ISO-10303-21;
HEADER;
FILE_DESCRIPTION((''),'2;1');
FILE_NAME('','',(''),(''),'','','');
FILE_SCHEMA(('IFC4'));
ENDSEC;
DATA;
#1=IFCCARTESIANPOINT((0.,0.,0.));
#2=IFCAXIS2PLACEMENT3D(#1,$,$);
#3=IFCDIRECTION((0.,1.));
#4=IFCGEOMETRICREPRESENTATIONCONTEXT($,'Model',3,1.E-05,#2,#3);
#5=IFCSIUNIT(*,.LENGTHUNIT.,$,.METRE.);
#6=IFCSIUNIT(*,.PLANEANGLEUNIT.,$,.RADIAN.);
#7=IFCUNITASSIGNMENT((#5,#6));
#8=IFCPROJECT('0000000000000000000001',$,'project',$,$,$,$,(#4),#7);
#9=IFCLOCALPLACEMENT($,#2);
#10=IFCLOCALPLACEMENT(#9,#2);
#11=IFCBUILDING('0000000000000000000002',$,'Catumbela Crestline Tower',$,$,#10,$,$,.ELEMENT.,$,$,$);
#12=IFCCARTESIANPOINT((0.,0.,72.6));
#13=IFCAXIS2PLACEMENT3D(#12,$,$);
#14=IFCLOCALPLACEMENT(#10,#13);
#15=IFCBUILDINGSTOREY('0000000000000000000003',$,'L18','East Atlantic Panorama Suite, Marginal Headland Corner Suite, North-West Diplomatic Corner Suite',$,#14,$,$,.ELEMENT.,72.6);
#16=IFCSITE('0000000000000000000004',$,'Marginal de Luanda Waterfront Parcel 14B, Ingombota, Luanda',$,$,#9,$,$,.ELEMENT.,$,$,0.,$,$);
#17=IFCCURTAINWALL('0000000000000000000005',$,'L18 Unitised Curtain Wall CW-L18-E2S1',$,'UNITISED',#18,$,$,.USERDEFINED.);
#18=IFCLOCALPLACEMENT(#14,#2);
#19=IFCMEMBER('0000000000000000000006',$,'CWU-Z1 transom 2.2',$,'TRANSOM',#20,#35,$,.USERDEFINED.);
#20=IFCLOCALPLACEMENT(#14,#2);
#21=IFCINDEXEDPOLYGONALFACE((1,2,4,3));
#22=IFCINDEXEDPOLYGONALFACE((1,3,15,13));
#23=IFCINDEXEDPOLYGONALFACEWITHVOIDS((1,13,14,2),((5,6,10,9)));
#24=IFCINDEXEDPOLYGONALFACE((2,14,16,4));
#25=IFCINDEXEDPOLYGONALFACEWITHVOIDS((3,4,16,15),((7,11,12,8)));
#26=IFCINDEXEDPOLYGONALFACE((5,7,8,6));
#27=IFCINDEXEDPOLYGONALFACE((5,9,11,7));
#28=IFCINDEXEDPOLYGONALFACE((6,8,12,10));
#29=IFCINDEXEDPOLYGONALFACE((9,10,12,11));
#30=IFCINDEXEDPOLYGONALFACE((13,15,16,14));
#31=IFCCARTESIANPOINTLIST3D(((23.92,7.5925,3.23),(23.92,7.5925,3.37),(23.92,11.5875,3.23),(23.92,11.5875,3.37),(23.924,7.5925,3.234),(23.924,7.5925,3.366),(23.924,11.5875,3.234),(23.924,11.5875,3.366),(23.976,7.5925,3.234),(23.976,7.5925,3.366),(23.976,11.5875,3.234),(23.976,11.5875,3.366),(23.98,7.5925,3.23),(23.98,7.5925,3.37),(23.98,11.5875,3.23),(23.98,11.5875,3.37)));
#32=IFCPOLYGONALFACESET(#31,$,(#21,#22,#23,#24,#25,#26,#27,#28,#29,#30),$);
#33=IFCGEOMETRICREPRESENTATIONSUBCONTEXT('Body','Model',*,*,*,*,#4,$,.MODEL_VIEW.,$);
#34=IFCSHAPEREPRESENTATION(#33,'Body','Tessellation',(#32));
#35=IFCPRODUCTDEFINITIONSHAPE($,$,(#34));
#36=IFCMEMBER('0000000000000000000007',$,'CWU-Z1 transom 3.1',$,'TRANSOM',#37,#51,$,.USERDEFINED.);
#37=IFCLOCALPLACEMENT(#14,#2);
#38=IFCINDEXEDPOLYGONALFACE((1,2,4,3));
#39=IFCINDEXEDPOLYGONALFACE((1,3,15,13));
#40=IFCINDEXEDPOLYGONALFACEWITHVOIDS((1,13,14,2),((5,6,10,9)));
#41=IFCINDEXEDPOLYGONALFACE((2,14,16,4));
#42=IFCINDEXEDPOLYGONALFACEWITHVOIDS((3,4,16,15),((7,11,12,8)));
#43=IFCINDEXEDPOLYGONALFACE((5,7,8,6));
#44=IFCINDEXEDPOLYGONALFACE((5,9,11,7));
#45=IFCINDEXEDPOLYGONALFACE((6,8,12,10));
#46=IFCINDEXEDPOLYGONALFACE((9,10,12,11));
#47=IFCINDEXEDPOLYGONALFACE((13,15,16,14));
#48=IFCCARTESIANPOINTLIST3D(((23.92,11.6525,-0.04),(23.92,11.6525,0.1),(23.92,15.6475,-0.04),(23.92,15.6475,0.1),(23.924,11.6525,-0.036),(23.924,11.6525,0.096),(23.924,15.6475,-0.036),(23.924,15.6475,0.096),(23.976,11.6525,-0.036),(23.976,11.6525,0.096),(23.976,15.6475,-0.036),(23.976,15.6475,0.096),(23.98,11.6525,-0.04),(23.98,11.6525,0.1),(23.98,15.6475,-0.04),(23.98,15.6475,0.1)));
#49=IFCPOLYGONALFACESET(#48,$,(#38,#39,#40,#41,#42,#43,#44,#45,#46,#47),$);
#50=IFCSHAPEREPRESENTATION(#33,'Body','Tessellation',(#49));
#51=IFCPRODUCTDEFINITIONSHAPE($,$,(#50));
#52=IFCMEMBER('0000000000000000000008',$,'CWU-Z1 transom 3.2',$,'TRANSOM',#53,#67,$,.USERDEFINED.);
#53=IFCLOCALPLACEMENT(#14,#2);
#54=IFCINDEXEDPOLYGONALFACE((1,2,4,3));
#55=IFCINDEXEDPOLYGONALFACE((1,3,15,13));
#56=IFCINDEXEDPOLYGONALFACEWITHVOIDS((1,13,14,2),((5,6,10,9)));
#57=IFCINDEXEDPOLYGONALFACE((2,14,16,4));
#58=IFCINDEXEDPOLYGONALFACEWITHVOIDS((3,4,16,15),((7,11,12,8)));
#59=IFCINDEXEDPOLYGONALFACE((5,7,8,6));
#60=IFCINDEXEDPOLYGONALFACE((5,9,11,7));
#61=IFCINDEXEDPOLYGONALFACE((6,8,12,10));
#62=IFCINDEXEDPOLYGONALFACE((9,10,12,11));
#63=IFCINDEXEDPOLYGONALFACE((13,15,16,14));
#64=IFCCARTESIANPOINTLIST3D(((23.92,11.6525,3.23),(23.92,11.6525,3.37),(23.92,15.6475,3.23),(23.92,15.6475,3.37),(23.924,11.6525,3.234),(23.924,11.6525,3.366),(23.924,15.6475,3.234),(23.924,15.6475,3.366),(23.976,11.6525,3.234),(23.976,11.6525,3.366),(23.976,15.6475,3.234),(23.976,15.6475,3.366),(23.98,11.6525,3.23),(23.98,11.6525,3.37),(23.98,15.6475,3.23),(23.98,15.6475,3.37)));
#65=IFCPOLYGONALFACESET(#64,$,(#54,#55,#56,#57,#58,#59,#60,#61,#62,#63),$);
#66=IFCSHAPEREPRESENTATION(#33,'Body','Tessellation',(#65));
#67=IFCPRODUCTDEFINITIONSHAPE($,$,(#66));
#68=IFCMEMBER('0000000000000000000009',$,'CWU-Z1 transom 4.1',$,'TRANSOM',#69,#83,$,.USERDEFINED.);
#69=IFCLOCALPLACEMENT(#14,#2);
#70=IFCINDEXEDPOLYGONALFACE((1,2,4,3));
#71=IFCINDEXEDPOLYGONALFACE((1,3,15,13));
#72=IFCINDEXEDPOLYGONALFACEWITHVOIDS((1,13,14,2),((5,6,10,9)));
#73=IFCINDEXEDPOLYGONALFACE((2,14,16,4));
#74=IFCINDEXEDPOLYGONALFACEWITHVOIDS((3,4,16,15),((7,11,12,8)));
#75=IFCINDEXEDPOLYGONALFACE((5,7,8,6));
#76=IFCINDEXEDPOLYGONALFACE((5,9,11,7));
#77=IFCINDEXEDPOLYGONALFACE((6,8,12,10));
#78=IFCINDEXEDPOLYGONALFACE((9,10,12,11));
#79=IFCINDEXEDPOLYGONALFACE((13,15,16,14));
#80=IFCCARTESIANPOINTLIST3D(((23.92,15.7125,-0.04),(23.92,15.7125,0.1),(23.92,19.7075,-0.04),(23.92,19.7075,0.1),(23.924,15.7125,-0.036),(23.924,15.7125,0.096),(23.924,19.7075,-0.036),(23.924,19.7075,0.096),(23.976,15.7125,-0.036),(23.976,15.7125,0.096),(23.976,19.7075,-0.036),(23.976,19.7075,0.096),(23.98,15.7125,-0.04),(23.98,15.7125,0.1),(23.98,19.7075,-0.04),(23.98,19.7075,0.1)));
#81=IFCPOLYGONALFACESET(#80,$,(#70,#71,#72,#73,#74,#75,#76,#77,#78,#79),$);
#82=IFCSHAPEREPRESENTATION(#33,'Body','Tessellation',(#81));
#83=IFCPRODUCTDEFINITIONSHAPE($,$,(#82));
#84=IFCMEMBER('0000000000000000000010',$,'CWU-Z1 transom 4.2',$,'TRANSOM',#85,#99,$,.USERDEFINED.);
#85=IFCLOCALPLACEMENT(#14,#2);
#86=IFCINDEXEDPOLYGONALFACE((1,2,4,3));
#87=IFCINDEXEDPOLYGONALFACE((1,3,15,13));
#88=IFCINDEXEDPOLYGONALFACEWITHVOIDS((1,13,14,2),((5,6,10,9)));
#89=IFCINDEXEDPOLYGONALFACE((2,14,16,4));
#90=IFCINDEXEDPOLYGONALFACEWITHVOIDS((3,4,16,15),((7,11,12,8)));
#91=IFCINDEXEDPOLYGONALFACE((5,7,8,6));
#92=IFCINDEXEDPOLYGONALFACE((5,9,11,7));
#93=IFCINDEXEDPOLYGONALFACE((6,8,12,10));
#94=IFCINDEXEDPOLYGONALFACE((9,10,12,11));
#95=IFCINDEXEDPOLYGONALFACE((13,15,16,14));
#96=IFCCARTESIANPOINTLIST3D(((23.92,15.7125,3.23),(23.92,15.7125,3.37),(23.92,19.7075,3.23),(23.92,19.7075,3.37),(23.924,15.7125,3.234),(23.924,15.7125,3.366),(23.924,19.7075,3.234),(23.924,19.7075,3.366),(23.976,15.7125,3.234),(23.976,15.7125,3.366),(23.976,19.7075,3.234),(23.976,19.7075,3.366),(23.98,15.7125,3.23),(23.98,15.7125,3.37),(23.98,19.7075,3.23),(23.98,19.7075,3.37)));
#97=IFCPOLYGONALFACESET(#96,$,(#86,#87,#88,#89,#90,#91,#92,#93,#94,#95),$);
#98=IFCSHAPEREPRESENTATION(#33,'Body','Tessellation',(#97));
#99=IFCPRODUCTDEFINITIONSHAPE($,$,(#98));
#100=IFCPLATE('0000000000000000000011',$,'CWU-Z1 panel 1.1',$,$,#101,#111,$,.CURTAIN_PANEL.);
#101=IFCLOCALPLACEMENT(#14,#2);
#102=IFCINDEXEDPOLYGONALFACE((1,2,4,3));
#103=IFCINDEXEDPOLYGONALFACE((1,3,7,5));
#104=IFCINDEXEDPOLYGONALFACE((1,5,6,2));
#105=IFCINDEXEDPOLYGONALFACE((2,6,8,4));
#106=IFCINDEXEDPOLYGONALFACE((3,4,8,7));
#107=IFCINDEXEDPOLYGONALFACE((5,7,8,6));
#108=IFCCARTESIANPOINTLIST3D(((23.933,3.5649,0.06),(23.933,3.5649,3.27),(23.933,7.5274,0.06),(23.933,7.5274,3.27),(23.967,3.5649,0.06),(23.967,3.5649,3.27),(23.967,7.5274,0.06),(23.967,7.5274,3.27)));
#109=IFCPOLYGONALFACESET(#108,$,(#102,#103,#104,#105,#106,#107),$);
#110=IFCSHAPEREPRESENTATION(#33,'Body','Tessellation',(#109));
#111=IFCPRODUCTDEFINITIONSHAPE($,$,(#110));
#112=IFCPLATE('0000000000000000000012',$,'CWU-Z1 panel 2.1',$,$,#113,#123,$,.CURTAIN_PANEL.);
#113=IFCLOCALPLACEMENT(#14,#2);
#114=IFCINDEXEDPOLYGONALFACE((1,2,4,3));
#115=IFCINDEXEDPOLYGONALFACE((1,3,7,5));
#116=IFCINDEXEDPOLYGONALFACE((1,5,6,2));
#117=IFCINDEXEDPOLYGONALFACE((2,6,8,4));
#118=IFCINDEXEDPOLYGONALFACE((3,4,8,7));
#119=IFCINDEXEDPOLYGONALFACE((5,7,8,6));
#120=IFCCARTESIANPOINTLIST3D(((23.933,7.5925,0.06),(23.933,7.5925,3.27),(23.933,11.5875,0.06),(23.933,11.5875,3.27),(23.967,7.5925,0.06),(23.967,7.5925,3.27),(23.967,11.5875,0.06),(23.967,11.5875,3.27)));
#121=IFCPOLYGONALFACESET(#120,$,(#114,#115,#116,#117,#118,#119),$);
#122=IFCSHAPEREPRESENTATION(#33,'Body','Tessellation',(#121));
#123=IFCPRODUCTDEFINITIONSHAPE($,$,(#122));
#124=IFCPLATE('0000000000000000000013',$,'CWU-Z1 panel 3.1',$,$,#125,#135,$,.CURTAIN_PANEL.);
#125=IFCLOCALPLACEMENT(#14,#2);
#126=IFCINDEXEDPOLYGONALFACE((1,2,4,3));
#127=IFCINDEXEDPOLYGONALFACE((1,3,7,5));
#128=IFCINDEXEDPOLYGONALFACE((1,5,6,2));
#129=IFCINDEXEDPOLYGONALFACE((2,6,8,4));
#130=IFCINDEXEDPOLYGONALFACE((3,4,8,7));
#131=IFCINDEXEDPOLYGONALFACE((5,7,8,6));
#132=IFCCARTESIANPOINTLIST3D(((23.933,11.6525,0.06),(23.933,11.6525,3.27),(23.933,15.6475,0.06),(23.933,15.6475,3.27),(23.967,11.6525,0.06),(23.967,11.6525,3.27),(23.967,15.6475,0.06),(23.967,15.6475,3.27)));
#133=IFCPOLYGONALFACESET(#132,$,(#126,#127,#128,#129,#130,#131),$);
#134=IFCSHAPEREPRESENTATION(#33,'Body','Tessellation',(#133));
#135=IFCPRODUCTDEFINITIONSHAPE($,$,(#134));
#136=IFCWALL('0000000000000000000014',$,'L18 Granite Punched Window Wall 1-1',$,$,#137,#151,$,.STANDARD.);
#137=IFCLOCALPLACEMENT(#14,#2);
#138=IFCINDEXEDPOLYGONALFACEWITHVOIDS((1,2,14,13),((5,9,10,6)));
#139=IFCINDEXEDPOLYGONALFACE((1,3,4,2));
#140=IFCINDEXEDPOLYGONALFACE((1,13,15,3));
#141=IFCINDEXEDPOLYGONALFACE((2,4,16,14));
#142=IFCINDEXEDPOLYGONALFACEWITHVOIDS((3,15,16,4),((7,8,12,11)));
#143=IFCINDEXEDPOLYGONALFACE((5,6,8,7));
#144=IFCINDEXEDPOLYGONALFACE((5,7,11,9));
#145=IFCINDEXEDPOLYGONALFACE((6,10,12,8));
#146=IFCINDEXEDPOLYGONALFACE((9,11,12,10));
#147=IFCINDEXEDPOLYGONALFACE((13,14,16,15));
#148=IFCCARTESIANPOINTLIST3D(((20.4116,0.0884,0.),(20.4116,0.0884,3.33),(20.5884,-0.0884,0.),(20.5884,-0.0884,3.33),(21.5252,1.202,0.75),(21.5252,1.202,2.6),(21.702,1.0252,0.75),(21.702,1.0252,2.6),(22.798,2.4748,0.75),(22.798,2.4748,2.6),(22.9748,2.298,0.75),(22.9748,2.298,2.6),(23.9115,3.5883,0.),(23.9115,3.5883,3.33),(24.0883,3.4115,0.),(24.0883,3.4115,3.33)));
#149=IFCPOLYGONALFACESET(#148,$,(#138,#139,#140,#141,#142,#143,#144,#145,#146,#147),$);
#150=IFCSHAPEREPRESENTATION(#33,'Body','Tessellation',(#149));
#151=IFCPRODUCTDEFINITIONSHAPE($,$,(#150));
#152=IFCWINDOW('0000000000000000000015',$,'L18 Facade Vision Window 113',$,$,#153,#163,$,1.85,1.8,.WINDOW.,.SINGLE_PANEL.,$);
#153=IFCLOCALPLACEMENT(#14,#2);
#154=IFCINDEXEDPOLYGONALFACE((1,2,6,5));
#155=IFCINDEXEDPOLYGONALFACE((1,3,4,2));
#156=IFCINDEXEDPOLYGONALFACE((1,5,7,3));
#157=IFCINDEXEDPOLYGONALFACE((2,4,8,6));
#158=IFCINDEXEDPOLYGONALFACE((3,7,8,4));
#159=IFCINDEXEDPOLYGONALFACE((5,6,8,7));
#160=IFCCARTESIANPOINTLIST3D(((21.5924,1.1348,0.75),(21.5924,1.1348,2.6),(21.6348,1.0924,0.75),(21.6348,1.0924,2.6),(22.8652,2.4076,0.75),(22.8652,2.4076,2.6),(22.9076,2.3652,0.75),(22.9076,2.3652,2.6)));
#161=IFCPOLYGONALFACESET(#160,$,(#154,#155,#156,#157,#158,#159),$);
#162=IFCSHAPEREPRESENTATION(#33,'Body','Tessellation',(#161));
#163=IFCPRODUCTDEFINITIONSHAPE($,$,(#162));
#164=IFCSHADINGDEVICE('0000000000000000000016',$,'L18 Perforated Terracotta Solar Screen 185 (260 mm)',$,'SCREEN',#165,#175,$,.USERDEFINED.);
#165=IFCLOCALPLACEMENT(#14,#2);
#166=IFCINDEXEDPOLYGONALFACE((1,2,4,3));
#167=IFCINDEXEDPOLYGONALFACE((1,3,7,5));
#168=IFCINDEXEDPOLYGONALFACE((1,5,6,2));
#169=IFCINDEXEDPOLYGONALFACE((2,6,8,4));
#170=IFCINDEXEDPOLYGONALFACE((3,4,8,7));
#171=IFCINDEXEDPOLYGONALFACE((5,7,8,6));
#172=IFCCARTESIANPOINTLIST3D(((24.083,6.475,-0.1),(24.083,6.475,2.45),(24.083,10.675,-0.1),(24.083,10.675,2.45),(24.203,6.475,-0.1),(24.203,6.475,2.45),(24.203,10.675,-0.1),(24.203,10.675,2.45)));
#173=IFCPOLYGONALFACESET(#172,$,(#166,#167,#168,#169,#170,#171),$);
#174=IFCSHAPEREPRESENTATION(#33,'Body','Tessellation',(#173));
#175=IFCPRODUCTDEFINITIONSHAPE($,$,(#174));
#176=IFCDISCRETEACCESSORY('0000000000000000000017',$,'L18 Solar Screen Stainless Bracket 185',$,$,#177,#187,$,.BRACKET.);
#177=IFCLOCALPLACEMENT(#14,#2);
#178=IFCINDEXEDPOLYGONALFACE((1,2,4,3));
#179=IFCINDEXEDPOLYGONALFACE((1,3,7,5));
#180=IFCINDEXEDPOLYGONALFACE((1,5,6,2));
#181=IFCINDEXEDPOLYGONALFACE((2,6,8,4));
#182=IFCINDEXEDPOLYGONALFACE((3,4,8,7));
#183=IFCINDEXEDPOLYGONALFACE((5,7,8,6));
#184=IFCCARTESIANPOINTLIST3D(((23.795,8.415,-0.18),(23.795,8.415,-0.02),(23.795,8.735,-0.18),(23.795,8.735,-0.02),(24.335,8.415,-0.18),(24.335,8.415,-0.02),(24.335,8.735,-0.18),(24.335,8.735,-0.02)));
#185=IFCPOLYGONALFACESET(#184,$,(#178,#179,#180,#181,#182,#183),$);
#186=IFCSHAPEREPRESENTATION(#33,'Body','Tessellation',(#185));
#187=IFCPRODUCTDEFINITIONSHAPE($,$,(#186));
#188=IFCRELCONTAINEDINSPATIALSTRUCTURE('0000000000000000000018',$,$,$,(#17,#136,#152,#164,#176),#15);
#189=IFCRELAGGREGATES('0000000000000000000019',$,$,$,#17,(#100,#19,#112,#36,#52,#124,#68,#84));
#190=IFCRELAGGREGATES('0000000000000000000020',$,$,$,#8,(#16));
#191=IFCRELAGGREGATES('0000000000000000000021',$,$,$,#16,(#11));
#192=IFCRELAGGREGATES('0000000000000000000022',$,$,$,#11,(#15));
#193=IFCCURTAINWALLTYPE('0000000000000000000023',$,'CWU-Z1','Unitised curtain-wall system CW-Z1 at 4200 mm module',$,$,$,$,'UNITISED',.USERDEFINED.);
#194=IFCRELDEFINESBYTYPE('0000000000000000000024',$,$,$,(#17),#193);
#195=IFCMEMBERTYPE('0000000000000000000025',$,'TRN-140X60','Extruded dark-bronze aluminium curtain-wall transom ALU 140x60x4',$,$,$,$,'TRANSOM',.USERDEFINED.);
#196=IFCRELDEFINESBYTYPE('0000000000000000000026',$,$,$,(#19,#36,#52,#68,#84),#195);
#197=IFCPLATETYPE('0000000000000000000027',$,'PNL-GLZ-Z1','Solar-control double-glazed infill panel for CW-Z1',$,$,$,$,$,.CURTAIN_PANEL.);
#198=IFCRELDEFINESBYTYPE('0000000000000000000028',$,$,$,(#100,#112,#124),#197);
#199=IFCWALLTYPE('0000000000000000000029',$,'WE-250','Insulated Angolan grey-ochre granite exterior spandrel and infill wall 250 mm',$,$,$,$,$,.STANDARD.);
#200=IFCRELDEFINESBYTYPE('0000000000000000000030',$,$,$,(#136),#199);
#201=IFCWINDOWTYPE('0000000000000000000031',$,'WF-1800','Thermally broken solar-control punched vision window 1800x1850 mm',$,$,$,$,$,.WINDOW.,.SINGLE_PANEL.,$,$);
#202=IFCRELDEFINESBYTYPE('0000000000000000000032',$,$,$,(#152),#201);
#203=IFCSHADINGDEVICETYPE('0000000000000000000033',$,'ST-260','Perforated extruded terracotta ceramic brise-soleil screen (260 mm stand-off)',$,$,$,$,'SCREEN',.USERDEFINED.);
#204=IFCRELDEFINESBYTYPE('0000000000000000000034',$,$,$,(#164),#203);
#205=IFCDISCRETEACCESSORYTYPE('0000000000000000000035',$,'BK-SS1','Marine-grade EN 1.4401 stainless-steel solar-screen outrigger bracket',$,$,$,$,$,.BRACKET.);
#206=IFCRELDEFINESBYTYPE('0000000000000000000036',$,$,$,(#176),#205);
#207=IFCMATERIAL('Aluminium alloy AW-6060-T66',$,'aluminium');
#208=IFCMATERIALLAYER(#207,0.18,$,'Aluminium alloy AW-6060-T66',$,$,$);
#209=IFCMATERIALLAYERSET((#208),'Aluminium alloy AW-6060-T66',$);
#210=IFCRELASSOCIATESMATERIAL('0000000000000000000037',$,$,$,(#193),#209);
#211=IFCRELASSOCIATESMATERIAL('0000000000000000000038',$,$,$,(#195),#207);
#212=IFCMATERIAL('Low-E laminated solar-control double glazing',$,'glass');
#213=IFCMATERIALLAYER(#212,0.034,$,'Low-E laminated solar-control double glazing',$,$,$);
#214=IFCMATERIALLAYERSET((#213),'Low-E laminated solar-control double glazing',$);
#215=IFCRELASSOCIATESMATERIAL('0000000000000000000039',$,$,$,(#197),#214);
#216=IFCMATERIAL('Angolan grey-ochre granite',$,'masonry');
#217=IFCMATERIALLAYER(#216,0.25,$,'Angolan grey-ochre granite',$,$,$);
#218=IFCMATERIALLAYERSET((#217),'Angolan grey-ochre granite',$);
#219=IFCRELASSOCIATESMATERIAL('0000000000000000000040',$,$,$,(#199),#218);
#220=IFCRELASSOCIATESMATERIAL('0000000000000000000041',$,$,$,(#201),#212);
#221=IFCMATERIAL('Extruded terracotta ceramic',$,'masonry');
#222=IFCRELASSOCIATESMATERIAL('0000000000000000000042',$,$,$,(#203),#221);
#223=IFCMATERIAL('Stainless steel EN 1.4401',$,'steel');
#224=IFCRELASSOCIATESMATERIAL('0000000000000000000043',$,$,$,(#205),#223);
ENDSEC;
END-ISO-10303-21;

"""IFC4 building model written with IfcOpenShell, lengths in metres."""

from ifc_helpers import new_model, si_unit, direction, frame, frame_2d, origin, origin_2d, place, context, subcontext, project, spatial, rectangle, hollow_rectangle, extrude, material, layer, layer_set, material_profile, profile_set, type_object, element, fill, aggregate, save


model = new_model("IFC4")

# Units and contexts
model_context = context("Model", 3, precision=1e-05, world=origin(), true_north=direction((0.0, 1.0)))
body_context = subcontext(model_context, "Body", "Model", "MODEL_VIEW")
ifc_project = project(units=[si_unit("LENGTHUNIT", "METRE"), si_unit("PLANEANGLEUNIT", "RADIAN")], contexts=[model_context])

# Site, building, storey
site_placement = place(None, origin())
site = spatial("IfcSite", under=ifc_project, at=site_placement, Name="Marginal de Luanda Waterfront Parcel 14B, Ingombota, Luanda", CompositionType="ELEMENT", RefElevation=0.0)
building_placement = place(site_placement, origin())
building = spatial("IfcBuilding", under=site, at=building_placement, Name="Catumbela Crestline Tower", CompositionType="ELEMENT")
storey_placement = place(building_placement, frame((0.0, 0.0, 72.6)))
storey = spatial("IfcBuildingStorey", under=building, at=storey_placement, Name="L18", Description="East Atlantic Panorama Suite, Marginal Headland Corner Suite, North-West Diplomatic Corner Suite", CompositionType="ELEMENT", Elevation=72.6)

# Shared definitions
ifc_material_1 = material(Name="Aluminium alloy AW-6060-T66", Category="aluminium")
ifc_layer_1 = layer(ifc_material_1, 0.18, Name="Aluminium alloy AW-6060-T66")
ifc_layer_set_1 = layer_set([ifc_layer_1], Name="Aluminium alloy AW-6060-T66")
curtain_wall_type = type_object("IfcCurtainWallType", Name="CWU-Z1", Description="Unitised curtain-wall system CW-Z1 at 4200 mm module", ElementType="UNITISED", PredefinedType="USERDEFINED", material=ifc_layer_set_1)

# Curtain wall
curtain_wall_1_placement = place(storey_placement, origin())
curtain_wall_1 = element("IfcCurtainWall", 1, at=curtain_wall_1_placement, inside=storey, type_object=curtain_wall_type, Name="L18 Unitised Curtain Wall CW-L18-E2S1", ObjectType="UNITISED", PredefinedType="USERDEFINED")

# Members
ifc_material_profile_1 = material_profile(ifc_material_1, hollow_rectangle(XDim=0.06, YDim=0.14, WallThickness=0.004, at=origin_2d()), Name="ALU 140x60x4")
ifc_profile_set_1 = profile_set([ifc_material_profile_1], Name="Aluminium alloy AW-6060-T66")
member_type_1 = type_object("IfcMemberType", Name="TRN-140X60", Description="Extruded dark-bronze aluminium curtain-wall transom ALU 140x60x4", ElementType="TRANSOM", PredefinedType="USERDEFINED", material=ifc_profile_set_1)
member_1_placement = place(storey_placement, frame((23.95, 7.5925, 3.3), z_axis=(0.0, 1.0, 0.0), x_axis=(-1.0, 0.0, 0.0)))
member_1 = element("IfcMember", 2, at=member_1_placement, type_object=member_type_1, Name="CWU-Z1 transom 2.2", ObjectType="TRANSOM", PredefinedType="USERDEFINED", context=body_context, shape_type="SweptSolid", body=[
    extrude(hollow_rectangle(XDim=0.06, YDim=0.14, WallThickness=0.004, at=origin_2d()), origin(), (0.0, 0.0, 1.0), 3.995),
])
member_2_placement = place(storey_placement, frame((23.95, 11.6525, 0.03), z_axis=(0.0, 1.0, 0.0), x_axis=(-1.0, 0.0, 0.0)))
member_2 = element("IfcMember", 3, at=member_2_placement, type_object=member_type_1, Name="CWU-Z1 transom 3.1", ObjectType="TRANSOM", PredefinedType="USERDEFINED", context=body_context, shape_type="SweptSolid", body=[
    extrude(hollow_rectangle(XDim=0.06, YDim=0.14, WallThickness=0.004, at=origin_2d()), origin(), (0.0, 0.0, 1.0), 3.995),
])
member_3_placement = place(storey_placement, frame((23.95, 11.6525, 3.3), z_axis=(0.0, 1.0, 0.0), x_axis=(-1.0, 0.0, 0.0)))
member_3 = element("IfcMember", 4, at=member_3_placement, type_object=member_type_1, Name="CWU-Z1 transom 3.2", ObjectType="TRANSOM", PredefinedType="USERDEFINED", context=body_context, shape_type="SweptSolid", body=[
    extrude(hollow_rectangle(XDim=0.06, YDim=0.14, WallThickness=0.004, at=origin_2d()), origin(), (0.0, 0.0, 1.0), 3.995),
])
member_4_placement = place(storey_placement, frame((23.95, 15.7125, 0.03), z_axis=(0.0, 1.0, 0.0), x_axis=(-1.0, 0.0, 0.0)))
member_4 = element("IfcMember", 5, at=member_4_placement, type_object=member_type_1, Name="CWU-Z1 transom 4.1", ObjectType="TRANSOM", PredefinedType="USERDEFINED", context=body_context, shape_type="SweptSolid", body=[
    extrude(hollow_rectangle(XDim=0.06, YDim=0.14, WallThickness=0.004, at=origin_2d()), origin(), (0.0, 0.0, 1.0), 3.995),
])
member_5_placement = place(storey_placement, frame((23.95, 15.7125, 3.3), z_axis=(0.0, 1.0, 0.0), x_axis=(-1.0, 0.0, 0.0)))
member_5 = element("IfcMember", 6, at=member_5_placement, type_object=member_type_1, Name="CWU-Z1 transom 4.2", ObjectType="TRANSOM", PredefinedType="USERDEFINED", context=body_context, shape_type="SweptSolid", body=[
    extrude(hollow_rectangle(XDim=0.06, YDim=0.14, WallThickness=0.004, at=origin_2d()), origin(), (0.0, 0.0, 1.0), 3.995),
])

# Plates
ifc_material_2 = material(Name="Low-E laminated solar-control double glazing", Category="glass")
ifc_layer_2 = layer(ifc_material_2, 0.034, Name="Low-E laminated solar-control double glazing")
ifc_layer_set_2 = layer_set([ifc_layer_2], Name="Low-E laminated solar-control double glazing")
plate_type = type_object("IfcPlateType", Name="PNL-GLZ-Z1", Description="Solar-control double-glazed infill panel for CW-Z1", PredefinedType="CURTAIN_PANEL", material=ifc_layer_set_2)
plate_1_placement = place(storey_placement, frame((23.95, 5.5462, 0.06), z_axis=(0.0, 0.0, 1.0), x_axis=(0.0, 1.0, 0.0)))
plate_1 = element("IfcPlate", 7, at=plate_1_placement, type_object=plate_type, Name="CWU-Z1 panel 1.1", PredefinedType="CURTAIN_PANEL", context=body_context, shape_type="SweptSolid", body=[
    extrude(rectangle(XDim=3.9625, YDim=0.034, at=origin_2d()), origin(), (0.0, 0.0, 1.0), 3.21),
])
plate_2_placement = place(storey_placement, frame((23.95, 9.59, 0.06), z_axis=(0.0, 0.0, 1.0), x_axis=(0.0, 1.0, 0.0)))
plate_2 = element("IfcPlate", 8, at=plate_2_placement, type_object=plate_type, Name="CWU-Z1 panel 2.1", PredefinedType="CURTAIN_PANEL", context=body_context, shape_type="SweptSolid", body=[
    extrude(rectangle(XDim=3.995, YDim=0.034, at=origin_2d()), origin(), (0.0, 0.0, 1.0), 3.21),
])
plate_3_placement = place(storey_placement, frame((23.95, 13.65, 0.06), z_axis=(0.0, 0.0, 1.0), x_axis=(0.0, 1.0, 0.0)))
plate_3 = element("IfcPlate", 9, at=plate_3_placement, type_object=plate_type, Name="CWU-Z1 panel 3.1", PredefinedType="CURTAIN_PANEL", context=body_context, shape_type="SweptSolid", body=[
    extrude(rectangle(XDim=3.995, YDim=0.034, at=origin_2d()), origin(), (0.0, 0.0, 1.0), 3.21),
])
aggregate(curtain_wall_1, [plate_1, member_1, plate_2, member_2, member_3, plate_3, member_4, member_5])

# Wall, opening, window
ifc_material_3 = material(Name="Angolan grey-ochre granite", Category="masonry")
ifc_layer_3 = layer(ifc_material_3, 0.25, Name="Angolan grey-ochre granite")
ifc_layer_set_3 = layer_set([ifc_layer_3], Name="Angolan grey-ochre granite")
wall_type = type_object("IfcWallType", Name="WE-250", Description="Insulated Angolan grey-ochre granite exterior spandrel and infill wall 250 mm", PredefinedType="STANDARD", material=ifc_layer_set_3)
wall_placement = place(storey_placement, frame((20.5, 0.0, 0.0), z_axis=(0.0, 0.0, 1.0), x_axis=(0.707107, 0.707107, 0.0)))
wall = element("IfcWall", 10, at=wall_placement, inside=storey, type_object=wall_type, Name="L18 Granite Punched Window Wall 1-1", PredefinedType="STANDARD", context=body_context, shape_type="SweptSolid", body=[
    extrude(rectangle(XDim=4.9497, YDim=0.25, at=frame_2d((2.4748, 0.0))), origin(), (0.0, 0.0, 1.0), 3.33),
])
opening_placement = place(wall_placement, frame((1.5749, 0.0, 0.75)))
opening = element("IfcOpeningElement", 11, at=opening_placement, cuts=wall, PredefinedType="OPENING", context=body_context, shape_type="SweptSolid", body=[
    extrude(rectangle(XDim=1.8, YDim=1.85, at=frame_2d((0.9, 0.925))), frame((0.0, 0.135, 0.0), z_axis=(0.0, -1.0, 0.0), x_axis=(1.0, 0.0, 0.0)), (0.0, 0.0, 1.0), 0.27),
])
window_type = type_object("IfcWindowType", Name="WF-1800", Description="Thermally broken solar-control punched vision window 1800x1850 mm", PartitioningType="SINGLE_PANEL", PredefinedType="WINDOW", material=ifc_material_2)
window_placement = place(opening_placement, origin())
window = element("IfcWindow", 12, at=window_placement, inside=storey, type_object=window_type, Name="L18 Facade Vision Window 113", OverallHeight=1.85, OverallWidth=1.8, PartitioningType="SINGLE_PANEL", PredefinedType="WINDOW", context=body_context, shape_type="SweptSolid", body=[
    extrude(rectangle(XDim=1.8, YDim=1.85, at=frame_2d((0.9, 0.925))), frame((0.0, 0.03, 0.0), z_axis=(0.0, -1.0, 0.0), x_axis=(1.0, 0.0, 0.0)), (0.0, 0.0, 1.0), 0.06),
])
fill(opening, window)

# Shading device
ifc_material_4 = material(Name="Extruded terracotta ceramic", Category="masonry")
shading_device_type = type_object("IfcShadingDeviceType", Name="ST-260", Description="Perforated extruded terracotta ceramic brise-soleil screen (260 mm stand-off)", ElementType="SCREEN", PredefinedType="USERDEFINED", material=ifc_material_4)
shading_device_placement = place(storey_placement, frame((24.143, 8.575, -0.1), z_axis=(0.0, 0.0, 1.0), x_axis=(0.0, 1.0, 0.0)))
element("IfcShadingDevice", 13, at=shading_device_placement, inside=storey, type_object=shading_device_type, Name="L18 Perforated Terracotta Solar Screen 185 (260 mm)", ObjectType="SCREEN", PredefinedType="USERDEFINED", context=body_context, shape_type="SweptSolid", body=[
    extrude(rectangle(XDim=4.2, YDim=0.12, at=origin_2d()), origin(), (0.0, 0.0, 1.0), 2.55),
])

# Discrete accessory
ifc_material_5 = material(Name="Stainless steel EN 1.4401", Category="steel")
discrete_accessory_type = type_object("IfcDiscreteAccessoryType", Name="BK-SS1", Description="Marine-grade EN 1.4401 stainless-steel solar-screen outrigger bracket", PredefinedType="BRACKET", material=ifc_material_5)
discrete_accessory_placement = place(storey_placement, frame((24.065, 8.575, -0.18), z_axis=(0.0, 0.0, 1.0), x_axis=(0.0, 1.0, 0.0)))
element("IfcDiscreteAccessory", 14, at=discrete_accessory_placement, inside=storey, type_object=discrete_accessory_type, Name="L18 Solar Screen Stainless Bracket 185", PredefinedType="BRACKET", context=body_context, shape_type="SweptSolid", body=[
    extrude(rectangle(XDim=0.32, YDim=0.54, at=origin_2d()), origin(), (0.0, 0.0, 1.0), 0.16),
])

save(model, "model.ifc")
